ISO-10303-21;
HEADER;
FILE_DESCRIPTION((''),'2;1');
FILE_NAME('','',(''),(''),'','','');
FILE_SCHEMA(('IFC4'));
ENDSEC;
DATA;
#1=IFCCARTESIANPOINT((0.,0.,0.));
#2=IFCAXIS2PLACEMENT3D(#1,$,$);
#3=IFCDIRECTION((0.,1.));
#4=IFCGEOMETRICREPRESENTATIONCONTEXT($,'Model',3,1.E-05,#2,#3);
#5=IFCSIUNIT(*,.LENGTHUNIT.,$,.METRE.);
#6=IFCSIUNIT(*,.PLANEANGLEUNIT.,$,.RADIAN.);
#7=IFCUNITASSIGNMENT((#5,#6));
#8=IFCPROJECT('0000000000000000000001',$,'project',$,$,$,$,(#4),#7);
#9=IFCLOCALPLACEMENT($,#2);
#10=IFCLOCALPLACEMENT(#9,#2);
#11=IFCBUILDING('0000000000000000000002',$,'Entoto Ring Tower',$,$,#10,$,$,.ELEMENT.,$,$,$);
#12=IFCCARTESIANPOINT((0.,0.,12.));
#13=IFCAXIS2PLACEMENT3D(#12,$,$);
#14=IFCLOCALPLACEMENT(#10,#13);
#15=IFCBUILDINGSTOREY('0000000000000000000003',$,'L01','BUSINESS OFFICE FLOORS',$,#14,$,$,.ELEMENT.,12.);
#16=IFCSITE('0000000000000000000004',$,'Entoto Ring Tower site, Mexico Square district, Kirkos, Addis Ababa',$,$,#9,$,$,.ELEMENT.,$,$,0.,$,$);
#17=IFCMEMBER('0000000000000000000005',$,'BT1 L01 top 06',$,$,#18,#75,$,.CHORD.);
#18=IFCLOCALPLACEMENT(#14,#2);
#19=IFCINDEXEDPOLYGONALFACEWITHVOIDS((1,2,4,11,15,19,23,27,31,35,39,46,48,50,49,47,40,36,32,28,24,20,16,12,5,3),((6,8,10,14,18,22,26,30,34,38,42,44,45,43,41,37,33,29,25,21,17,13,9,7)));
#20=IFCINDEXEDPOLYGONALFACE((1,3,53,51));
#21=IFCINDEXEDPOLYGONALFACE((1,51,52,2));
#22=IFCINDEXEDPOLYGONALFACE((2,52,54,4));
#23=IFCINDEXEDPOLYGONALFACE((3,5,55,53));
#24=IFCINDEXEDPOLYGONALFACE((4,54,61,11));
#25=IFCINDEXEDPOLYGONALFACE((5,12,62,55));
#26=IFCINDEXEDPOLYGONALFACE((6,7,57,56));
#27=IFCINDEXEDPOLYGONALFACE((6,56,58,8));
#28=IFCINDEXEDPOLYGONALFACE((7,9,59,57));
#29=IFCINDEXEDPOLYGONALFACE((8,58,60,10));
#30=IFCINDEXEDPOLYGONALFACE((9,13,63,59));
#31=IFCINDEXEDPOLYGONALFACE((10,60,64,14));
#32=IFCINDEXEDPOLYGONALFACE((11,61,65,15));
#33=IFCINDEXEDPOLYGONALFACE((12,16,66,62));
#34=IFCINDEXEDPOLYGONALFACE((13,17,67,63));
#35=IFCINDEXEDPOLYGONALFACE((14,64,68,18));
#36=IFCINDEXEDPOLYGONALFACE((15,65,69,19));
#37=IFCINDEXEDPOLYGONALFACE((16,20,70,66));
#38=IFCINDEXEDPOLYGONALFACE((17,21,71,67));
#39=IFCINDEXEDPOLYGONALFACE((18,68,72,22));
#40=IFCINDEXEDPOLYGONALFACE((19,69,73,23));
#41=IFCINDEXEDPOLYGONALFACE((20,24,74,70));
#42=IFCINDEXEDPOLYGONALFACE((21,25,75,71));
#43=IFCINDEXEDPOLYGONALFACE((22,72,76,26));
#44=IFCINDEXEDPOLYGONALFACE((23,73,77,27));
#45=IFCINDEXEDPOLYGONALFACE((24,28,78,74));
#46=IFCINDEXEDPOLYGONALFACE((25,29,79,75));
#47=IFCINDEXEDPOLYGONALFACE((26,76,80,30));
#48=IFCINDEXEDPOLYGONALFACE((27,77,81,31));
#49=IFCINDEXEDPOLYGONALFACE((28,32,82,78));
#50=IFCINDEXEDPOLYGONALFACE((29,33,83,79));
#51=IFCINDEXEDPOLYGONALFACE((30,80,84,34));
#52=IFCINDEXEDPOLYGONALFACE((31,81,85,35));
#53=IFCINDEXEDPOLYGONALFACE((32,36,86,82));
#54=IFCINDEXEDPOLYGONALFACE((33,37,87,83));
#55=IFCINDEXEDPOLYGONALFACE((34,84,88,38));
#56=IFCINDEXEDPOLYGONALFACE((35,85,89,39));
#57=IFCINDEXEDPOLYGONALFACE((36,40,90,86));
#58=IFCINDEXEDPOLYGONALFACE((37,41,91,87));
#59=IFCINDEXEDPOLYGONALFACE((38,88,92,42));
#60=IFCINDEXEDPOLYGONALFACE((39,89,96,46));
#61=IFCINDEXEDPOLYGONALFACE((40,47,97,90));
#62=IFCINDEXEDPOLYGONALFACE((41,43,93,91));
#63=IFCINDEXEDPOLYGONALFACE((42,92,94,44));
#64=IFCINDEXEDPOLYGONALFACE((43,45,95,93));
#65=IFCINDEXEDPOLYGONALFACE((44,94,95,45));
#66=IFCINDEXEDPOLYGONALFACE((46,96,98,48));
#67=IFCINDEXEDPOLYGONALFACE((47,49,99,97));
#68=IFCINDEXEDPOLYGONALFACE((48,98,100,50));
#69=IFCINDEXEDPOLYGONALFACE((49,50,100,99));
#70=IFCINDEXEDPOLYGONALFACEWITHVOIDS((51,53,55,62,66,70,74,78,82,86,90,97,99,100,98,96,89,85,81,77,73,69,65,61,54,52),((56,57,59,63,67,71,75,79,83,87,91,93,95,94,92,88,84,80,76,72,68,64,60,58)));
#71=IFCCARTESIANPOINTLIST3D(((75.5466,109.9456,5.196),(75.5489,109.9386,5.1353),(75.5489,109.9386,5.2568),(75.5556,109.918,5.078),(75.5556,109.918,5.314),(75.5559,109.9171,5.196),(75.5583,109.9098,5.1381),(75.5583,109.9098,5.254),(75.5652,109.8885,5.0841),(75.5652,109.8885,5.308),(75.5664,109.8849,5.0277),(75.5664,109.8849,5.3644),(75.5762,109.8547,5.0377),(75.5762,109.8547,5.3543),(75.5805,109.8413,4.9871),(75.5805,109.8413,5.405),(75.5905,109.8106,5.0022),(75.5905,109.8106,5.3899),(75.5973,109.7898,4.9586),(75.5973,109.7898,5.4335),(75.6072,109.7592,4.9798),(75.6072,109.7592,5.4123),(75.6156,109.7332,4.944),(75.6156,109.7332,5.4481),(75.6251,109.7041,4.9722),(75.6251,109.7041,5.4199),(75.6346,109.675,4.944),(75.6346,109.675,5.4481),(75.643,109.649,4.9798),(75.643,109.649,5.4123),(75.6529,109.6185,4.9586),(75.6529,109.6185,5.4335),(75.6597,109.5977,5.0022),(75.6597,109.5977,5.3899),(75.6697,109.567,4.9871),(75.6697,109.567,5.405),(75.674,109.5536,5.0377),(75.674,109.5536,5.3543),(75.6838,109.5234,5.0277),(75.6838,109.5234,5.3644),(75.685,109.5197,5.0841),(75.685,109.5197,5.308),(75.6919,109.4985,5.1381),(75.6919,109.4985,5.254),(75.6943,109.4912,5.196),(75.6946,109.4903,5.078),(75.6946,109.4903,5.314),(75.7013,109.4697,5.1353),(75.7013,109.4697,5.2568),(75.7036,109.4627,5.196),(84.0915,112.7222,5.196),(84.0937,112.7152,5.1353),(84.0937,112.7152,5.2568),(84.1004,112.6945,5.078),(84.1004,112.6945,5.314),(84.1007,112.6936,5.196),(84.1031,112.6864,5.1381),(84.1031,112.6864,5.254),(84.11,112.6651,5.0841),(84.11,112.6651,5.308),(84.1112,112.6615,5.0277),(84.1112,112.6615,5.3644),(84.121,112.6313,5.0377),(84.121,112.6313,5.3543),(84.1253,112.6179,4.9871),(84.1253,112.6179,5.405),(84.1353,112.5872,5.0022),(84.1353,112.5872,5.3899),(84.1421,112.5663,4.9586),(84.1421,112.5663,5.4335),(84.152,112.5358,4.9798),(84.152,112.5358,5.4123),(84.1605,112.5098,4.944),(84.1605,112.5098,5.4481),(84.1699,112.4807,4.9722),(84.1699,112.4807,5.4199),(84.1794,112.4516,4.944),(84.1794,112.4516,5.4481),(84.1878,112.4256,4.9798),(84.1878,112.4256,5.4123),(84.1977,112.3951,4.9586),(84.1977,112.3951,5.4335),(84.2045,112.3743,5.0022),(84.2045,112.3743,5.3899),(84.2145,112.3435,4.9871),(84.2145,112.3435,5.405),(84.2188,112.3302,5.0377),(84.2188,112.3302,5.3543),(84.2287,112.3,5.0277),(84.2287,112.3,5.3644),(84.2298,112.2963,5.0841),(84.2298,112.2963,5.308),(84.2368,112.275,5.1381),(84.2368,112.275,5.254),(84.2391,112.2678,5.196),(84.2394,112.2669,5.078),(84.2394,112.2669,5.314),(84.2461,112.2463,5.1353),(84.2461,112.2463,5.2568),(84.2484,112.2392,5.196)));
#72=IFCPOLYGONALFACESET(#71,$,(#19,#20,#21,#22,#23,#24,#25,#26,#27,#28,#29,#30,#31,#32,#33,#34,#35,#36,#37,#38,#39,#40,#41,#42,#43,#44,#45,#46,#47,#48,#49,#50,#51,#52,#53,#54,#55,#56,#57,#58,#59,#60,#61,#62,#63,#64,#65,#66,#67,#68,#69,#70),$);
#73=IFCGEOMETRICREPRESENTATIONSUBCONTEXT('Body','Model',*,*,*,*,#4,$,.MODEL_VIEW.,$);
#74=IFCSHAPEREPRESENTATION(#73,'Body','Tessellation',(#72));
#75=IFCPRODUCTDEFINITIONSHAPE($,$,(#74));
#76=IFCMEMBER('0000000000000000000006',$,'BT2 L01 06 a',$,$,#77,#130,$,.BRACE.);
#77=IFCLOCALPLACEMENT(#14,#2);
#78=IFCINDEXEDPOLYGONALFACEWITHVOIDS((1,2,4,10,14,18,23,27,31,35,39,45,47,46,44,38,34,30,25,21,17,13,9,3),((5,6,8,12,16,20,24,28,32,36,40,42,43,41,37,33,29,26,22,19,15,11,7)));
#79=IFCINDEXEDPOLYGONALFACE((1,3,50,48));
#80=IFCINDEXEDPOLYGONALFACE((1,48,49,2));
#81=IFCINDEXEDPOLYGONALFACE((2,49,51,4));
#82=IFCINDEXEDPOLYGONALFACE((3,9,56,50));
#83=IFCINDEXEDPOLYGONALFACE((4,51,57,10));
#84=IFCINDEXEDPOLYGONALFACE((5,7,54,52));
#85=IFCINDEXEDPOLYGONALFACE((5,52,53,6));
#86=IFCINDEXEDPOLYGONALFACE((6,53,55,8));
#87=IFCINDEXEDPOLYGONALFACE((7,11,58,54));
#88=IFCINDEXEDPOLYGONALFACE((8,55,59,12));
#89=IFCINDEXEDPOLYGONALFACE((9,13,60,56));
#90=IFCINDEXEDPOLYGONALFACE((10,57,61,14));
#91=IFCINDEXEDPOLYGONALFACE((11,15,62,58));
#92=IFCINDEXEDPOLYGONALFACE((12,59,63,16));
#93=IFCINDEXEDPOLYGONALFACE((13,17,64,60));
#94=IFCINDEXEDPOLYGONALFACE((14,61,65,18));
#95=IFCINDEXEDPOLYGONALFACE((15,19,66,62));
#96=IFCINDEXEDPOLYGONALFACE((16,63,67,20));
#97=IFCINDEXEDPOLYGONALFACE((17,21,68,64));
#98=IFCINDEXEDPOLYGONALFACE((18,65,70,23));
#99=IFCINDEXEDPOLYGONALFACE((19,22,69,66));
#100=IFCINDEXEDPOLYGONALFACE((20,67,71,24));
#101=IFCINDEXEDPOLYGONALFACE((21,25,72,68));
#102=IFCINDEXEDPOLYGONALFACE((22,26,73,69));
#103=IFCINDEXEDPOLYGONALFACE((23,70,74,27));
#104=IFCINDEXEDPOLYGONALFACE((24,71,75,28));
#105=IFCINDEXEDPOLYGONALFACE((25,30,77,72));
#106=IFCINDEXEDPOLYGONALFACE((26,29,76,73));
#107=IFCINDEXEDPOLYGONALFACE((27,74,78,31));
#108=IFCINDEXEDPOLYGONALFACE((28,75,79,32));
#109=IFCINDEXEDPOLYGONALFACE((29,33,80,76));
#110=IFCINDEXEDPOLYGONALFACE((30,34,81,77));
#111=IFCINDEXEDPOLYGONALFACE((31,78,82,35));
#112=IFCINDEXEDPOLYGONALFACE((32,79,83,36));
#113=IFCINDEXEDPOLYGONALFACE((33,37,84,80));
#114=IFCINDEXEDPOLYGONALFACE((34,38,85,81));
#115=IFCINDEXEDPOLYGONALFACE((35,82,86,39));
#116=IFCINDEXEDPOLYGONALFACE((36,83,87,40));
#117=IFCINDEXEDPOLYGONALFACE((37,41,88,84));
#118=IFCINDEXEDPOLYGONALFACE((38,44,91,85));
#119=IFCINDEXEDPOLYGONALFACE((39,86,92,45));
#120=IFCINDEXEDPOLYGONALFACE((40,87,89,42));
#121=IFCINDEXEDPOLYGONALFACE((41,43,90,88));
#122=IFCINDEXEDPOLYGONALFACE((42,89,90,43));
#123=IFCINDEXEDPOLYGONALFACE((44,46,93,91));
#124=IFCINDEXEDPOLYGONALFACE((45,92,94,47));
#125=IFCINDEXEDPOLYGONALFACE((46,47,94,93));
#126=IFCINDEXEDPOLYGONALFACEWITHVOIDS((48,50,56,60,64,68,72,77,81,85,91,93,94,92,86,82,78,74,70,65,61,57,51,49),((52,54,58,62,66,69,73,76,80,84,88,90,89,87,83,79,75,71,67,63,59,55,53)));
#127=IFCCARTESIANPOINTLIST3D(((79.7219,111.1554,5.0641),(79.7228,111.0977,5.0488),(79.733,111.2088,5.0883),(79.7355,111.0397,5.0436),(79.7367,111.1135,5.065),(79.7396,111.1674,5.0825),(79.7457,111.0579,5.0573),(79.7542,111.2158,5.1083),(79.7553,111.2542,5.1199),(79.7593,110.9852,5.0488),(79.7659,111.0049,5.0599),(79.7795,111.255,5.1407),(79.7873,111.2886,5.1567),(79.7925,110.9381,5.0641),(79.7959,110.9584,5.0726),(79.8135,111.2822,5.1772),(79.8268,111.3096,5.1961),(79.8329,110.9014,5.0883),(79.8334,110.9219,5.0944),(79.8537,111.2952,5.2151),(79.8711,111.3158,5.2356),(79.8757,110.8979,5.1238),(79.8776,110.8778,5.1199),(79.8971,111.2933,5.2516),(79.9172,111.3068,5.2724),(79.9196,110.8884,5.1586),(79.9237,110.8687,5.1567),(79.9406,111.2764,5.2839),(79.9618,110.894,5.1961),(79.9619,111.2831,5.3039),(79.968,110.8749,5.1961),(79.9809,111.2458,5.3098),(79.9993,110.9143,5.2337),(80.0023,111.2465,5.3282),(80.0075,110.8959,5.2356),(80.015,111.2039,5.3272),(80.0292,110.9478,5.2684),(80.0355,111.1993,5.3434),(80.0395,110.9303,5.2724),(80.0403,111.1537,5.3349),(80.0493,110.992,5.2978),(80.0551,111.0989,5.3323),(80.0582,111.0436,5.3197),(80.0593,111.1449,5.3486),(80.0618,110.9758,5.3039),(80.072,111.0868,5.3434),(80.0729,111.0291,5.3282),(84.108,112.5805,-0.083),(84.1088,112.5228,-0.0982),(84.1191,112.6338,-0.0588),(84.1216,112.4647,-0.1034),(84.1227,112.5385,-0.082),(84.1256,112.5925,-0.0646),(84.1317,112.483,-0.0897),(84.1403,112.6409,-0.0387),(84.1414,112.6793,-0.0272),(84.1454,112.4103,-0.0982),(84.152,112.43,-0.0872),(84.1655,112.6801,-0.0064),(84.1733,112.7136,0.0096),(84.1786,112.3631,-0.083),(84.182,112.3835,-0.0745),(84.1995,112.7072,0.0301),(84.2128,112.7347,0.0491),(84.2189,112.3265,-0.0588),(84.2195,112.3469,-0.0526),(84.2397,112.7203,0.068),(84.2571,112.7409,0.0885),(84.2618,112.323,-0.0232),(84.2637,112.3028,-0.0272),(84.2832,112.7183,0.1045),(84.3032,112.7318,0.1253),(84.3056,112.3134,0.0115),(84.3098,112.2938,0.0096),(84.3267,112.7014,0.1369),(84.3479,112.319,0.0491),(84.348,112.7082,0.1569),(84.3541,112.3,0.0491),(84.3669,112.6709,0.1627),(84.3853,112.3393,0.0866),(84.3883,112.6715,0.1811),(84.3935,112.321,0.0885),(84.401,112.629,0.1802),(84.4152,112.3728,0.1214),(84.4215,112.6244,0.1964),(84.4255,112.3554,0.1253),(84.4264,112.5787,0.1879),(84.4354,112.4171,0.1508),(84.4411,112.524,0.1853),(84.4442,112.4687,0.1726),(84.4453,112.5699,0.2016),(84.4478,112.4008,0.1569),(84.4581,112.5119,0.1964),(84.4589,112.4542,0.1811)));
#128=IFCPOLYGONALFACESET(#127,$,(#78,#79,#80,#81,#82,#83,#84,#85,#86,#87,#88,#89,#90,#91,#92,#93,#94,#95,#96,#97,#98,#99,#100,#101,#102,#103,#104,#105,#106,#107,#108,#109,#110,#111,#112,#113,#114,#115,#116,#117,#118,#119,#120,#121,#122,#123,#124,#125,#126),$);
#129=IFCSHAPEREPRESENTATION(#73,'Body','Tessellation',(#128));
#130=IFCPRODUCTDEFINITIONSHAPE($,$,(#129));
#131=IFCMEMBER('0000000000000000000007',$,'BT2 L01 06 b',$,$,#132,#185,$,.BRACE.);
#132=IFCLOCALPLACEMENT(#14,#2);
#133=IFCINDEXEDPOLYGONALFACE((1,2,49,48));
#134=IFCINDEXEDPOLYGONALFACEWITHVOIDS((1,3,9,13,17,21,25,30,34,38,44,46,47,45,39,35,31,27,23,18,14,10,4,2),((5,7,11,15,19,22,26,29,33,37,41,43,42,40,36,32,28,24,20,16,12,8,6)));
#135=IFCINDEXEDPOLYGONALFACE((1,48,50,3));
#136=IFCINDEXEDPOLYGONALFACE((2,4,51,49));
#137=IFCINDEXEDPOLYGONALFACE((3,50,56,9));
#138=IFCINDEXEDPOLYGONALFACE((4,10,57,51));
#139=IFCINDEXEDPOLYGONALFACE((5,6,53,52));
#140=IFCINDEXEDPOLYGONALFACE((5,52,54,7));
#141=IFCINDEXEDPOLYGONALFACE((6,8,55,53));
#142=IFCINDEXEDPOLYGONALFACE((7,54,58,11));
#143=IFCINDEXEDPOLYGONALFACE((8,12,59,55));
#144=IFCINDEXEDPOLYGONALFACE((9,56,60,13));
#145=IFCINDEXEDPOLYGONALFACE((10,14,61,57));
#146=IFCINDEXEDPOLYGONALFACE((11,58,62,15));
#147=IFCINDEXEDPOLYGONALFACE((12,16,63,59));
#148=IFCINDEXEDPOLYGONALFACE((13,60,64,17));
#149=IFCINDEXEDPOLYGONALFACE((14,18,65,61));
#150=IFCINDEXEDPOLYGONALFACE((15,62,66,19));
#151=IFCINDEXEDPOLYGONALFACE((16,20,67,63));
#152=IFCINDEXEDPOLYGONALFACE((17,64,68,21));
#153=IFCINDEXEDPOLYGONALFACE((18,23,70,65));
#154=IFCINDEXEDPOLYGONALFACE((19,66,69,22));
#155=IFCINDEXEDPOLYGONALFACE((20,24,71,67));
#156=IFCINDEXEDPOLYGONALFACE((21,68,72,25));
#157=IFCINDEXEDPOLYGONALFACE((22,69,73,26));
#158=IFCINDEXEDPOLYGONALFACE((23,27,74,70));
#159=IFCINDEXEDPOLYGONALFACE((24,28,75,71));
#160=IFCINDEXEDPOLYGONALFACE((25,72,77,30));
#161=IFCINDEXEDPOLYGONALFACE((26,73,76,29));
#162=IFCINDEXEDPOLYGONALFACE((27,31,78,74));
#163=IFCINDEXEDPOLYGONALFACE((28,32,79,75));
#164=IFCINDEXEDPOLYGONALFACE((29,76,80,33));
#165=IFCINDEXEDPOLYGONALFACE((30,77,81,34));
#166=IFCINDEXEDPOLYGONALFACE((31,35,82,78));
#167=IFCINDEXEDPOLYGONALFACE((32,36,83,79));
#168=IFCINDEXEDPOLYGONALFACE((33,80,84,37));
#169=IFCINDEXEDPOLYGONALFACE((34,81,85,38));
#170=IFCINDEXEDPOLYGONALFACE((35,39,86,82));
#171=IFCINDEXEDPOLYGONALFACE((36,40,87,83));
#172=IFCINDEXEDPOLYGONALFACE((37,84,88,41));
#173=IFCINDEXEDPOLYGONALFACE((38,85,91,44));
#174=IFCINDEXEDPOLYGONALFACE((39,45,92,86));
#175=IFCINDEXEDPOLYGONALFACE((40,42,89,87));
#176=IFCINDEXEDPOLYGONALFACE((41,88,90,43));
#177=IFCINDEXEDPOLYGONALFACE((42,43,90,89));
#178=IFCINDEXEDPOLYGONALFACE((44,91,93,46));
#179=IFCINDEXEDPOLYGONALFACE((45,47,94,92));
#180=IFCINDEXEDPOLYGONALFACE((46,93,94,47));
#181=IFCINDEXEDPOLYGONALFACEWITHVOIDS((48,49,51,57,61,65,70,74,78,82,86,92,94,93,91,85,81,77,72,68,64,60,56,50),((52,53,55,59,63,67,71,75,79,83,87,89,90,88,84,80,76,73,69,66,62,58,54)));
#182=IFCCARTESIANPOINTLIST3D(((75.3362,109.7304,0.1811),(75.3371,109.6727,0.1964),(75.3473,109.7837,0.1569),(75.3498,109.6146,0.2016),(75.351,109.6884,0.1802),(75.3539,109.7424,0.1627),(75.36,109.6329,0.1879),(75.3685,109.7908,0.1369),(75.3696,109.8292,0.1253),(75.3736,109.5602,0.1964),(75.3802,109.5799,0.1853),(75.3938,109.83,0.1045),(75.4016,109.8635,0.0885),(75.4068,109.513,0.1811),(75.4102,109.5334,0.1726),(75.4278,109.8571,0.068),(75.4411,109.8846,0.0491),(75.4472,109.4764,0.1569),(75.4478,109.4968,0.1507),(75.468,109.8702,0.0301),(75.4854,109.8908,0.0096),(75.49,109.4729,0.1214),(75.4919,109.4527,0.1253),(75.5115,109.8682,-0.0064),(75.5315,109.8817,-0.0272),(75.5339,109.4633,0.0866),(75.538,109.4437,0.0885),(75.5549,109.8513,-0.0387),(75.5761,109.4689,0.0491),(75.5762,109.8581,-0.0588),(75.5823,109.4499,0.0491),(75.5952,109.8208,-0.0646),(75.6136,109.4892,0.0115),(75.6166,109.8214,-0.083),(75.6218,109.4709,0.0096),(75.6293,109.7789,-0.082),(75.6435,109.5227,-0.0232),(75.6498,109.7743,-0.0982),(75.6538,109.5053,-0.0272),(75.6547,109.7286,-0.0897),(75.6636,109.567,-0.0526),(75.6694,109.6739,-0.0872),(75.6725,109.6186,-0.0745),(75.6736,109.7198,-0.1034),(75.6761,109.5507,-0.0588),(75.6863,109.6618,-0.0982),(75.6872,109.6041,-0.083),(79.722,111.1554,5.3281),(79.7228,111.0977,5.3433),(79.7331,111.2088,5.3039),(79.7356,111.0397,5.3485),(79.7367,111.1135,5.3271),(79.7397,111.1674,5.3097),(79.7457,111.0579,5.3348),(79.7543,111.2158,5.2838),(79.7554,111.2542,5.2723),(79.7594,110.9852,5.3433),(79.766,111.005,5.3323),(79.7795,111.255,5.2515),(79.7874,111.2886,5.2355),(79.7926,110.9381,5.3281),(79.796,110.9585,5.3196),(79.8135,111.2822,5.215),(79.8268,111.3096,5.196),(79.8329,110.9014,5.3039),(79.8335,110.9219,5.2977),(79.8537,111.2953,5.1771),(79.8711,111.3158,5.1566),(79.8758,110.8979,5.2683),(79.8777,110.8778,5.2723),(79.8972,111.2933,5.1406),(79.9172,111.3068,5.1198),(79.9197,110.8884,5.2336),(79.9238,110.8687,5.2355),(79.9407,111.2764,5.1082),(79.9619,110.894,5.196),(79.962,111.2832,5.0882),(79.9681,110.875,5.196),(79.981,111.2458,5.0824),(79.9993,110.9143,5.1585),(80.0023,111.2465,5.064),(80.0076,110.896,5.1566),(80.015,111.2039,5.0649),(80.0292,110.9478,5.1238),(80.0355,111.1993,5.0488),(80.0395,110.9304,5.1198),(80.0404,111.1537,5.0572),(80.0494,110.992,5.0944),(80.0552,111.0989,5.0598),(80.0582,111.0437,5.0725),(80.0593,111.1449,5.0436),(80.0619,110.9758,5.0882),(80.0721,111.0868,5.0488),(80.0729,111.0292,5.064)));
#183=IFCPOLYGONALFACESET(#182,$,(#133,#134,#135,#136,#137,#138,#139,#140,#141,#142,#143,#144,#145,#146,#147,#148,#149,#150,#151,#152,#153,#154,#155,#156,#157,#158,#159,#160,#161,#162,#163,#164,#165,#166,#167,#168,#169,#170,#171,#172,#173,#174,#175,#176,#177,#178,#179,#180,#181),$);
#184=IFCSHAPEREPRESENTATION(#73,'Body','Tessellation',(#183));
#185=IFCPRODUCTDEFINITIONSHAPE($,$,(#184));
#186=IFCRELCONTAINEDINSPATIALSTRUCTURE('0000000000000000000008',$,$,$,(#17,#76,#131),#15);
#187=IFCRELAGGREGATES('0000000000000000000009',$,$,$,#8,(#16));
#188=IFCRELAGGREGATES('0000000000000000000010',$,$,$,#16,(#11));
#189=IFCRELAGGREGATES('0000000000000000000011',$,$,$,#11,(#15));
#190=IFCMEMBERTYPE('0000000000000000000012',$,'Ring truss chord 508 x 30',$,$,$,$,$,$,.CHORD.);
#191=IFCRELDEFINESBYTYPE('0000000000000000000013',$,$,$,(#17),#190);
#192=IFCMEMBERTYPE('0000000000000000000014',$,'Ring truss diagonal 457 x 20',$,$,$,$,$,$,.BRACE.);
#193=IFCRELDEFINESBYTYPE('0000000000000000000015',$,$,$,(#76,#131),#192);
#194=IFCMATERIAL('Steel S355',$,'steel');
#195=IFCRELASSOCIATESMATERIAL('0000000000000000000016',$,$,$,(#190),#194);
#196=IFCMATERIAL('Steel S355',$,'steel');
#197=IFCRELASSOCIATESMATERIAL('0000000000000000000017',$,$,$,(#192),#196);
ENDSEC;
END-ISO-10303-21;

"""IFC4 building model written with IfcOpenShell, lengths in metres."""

from ifc_helpers import new_model, si_unit, direction, frame, origin, origin_2d, place, context, subcontext, project, spatial, circle, hollow_circle, extrude, material, material_profile, profile_set, type_object, element, save


model = new_model("IFC4")

# Units and contexts
model_context = context("Model", 3, precision=1e-05, world=origin(), true_north=direction((0.0, 1.0)))
body_context = subcontext(model_context, "Body", "Model", "MODEL_VIEW")
ifc_project = project(units=[si_unit("LENGTHUNIT", "METRE"), si_unit("PLANEANGLEUNIT", "RADIAN")], contexts=[model_context])

# Site, building, storey
site_placement = place(None, origin())
site = spatial("IfcSite", under=ifc_project, at=site_placement, Name="Entoto Ring Tower site, Mexico Square district, Kirkos, Addis Ababa", CompositionType="ELEMENT", RefElevation=0.0)
building_placement = place(site_placement, origin())
building = spatial("IfcBuilding", under=site, at=building_placement, Name="Entoto Ring Tower", CompositionType="ELEMENT")
storey_placement = place(building_placement, frame((0.0, 0.0, 12.0)))
storey = spatial("IfcBuildingStorey", under=building, at=storey_placement, Name="L01", Description="BUSINESS OFFICE FLOORS", CompositionType="ELEMENT", Elevation=12.0)

# Members
ifc_material_1 = material(Name="Steel S355", Category="steel")
ifc_material_profile_1 = material_profile(ifc_material_1, hollow_circle(Radius=0.2539, WallThickness=0.03, at=origin_2d()), Name="CHS 508 x 30")
ifc_material_2 = material(Name="Concrete C60/75", Category="concrete")
ifc_material_profile_2 = material_profile(ifc_material_2, circle(Radius=0.2241, at=origin_2d()), Name="Concrete C60/75 infill")
ifc_profile_set_1 = profile_set([ifc_material_profile_1, ifc_material_profile_2], Name="Steel S355")
member_type_1 = type_object("IfcMemberType", Name="Ring truss chord 508 x 30", PredefinedType="CHORD", material=ifc_profile_set_1)
for number, where, z_axis, x_axis, name in (
    (1, (84.1699, 112.4807, 5.196), (-0.95105, -0.309037, 0.0), (0.309037, -0.95105, 0.0), "BT1 L01 top 06"),
):
    element("IfcMember", number, at=place(storey_placement, frame(where, z_axis=z_axis, x_axis=x_axis)), inside=storey, type_object=member_type_1, Name=name, PredefinedType="CHORD", context=body_context, shape_type="SweptSolid", body=[
        extrude(hollow_circle(Radius=0.2539, WallThickness=0.03, at=origin_2d()), origin(), (0.0, 0.0, 1.0), 8.9846),
    ])
ifc_material_3 = material(Name="Steel S355", Category="steel")
ifc_material_profile_3 = material_profile(ifc_material_3, hollow_circle(Radius=0.2285, WallThickness=0.02, at=origin_2d()), Name="CHS 457 x 20")
ifc_material_4 = material(Name="Concrete C60/75", Category="concrete")
ifc_material_profile_4 = material_profile(ifc_material_4, circle(Radius=0.2085, at=origin_2d()), Name="Concrete C60/75 infill")
ifc_profile_set_2 = profile_set([ifc_material_profile_3, ifc_material_profile_4], Name="Steel S355")
member_type_2 = type_object("IfcMemberType", Name="Ring truss diagonal 457 x 20", PredefinedType="BRACE", material=ifc_profile_set_2)
member_1_placement = place(storey_placement, frame((84.2834, 112.5173, 0.0491), z_axis=(-0.634658, -0.206206, 0.744774), x_axis=(0.309008, -0.951059, 0.0)))
element("IfcMember", 2, at=member_1_placement, inside=storey, type_object=member_type_2, Name="BT2 L01 06 a", PredefinedType="BRACE", context=body_context, shape_type="SweptSolid", body=[
    extrude(hollow_circle(Radius=0.2285, WallThickness=0.02, at=origin_2d()), origin(), (0.0, 0.0, 1.0), 6.9109),
])
member_2_placement = place(storey_placement, frame((79.8975, 111.0923, 5.196), z_axis=(-0.634637, -0.206211, -0.744791), x_axis=(0.309024, -0.951054, 0.0)))
element("IfcMember", 3, at=member_2_placement, inside=storey, type_object=member_type_2, Name="BT2 L01 06 b", PredefinedType="BRACE", context=body_context, shape_type="SweptSolid", body=[
    extrude(hollow_circle(Radius=0.2285, WallThickness=0.02, at=origin_2d()), origin(), (0.0, 0.0, 1.0), 6.9106),
])

save(model, "model.ifc")
